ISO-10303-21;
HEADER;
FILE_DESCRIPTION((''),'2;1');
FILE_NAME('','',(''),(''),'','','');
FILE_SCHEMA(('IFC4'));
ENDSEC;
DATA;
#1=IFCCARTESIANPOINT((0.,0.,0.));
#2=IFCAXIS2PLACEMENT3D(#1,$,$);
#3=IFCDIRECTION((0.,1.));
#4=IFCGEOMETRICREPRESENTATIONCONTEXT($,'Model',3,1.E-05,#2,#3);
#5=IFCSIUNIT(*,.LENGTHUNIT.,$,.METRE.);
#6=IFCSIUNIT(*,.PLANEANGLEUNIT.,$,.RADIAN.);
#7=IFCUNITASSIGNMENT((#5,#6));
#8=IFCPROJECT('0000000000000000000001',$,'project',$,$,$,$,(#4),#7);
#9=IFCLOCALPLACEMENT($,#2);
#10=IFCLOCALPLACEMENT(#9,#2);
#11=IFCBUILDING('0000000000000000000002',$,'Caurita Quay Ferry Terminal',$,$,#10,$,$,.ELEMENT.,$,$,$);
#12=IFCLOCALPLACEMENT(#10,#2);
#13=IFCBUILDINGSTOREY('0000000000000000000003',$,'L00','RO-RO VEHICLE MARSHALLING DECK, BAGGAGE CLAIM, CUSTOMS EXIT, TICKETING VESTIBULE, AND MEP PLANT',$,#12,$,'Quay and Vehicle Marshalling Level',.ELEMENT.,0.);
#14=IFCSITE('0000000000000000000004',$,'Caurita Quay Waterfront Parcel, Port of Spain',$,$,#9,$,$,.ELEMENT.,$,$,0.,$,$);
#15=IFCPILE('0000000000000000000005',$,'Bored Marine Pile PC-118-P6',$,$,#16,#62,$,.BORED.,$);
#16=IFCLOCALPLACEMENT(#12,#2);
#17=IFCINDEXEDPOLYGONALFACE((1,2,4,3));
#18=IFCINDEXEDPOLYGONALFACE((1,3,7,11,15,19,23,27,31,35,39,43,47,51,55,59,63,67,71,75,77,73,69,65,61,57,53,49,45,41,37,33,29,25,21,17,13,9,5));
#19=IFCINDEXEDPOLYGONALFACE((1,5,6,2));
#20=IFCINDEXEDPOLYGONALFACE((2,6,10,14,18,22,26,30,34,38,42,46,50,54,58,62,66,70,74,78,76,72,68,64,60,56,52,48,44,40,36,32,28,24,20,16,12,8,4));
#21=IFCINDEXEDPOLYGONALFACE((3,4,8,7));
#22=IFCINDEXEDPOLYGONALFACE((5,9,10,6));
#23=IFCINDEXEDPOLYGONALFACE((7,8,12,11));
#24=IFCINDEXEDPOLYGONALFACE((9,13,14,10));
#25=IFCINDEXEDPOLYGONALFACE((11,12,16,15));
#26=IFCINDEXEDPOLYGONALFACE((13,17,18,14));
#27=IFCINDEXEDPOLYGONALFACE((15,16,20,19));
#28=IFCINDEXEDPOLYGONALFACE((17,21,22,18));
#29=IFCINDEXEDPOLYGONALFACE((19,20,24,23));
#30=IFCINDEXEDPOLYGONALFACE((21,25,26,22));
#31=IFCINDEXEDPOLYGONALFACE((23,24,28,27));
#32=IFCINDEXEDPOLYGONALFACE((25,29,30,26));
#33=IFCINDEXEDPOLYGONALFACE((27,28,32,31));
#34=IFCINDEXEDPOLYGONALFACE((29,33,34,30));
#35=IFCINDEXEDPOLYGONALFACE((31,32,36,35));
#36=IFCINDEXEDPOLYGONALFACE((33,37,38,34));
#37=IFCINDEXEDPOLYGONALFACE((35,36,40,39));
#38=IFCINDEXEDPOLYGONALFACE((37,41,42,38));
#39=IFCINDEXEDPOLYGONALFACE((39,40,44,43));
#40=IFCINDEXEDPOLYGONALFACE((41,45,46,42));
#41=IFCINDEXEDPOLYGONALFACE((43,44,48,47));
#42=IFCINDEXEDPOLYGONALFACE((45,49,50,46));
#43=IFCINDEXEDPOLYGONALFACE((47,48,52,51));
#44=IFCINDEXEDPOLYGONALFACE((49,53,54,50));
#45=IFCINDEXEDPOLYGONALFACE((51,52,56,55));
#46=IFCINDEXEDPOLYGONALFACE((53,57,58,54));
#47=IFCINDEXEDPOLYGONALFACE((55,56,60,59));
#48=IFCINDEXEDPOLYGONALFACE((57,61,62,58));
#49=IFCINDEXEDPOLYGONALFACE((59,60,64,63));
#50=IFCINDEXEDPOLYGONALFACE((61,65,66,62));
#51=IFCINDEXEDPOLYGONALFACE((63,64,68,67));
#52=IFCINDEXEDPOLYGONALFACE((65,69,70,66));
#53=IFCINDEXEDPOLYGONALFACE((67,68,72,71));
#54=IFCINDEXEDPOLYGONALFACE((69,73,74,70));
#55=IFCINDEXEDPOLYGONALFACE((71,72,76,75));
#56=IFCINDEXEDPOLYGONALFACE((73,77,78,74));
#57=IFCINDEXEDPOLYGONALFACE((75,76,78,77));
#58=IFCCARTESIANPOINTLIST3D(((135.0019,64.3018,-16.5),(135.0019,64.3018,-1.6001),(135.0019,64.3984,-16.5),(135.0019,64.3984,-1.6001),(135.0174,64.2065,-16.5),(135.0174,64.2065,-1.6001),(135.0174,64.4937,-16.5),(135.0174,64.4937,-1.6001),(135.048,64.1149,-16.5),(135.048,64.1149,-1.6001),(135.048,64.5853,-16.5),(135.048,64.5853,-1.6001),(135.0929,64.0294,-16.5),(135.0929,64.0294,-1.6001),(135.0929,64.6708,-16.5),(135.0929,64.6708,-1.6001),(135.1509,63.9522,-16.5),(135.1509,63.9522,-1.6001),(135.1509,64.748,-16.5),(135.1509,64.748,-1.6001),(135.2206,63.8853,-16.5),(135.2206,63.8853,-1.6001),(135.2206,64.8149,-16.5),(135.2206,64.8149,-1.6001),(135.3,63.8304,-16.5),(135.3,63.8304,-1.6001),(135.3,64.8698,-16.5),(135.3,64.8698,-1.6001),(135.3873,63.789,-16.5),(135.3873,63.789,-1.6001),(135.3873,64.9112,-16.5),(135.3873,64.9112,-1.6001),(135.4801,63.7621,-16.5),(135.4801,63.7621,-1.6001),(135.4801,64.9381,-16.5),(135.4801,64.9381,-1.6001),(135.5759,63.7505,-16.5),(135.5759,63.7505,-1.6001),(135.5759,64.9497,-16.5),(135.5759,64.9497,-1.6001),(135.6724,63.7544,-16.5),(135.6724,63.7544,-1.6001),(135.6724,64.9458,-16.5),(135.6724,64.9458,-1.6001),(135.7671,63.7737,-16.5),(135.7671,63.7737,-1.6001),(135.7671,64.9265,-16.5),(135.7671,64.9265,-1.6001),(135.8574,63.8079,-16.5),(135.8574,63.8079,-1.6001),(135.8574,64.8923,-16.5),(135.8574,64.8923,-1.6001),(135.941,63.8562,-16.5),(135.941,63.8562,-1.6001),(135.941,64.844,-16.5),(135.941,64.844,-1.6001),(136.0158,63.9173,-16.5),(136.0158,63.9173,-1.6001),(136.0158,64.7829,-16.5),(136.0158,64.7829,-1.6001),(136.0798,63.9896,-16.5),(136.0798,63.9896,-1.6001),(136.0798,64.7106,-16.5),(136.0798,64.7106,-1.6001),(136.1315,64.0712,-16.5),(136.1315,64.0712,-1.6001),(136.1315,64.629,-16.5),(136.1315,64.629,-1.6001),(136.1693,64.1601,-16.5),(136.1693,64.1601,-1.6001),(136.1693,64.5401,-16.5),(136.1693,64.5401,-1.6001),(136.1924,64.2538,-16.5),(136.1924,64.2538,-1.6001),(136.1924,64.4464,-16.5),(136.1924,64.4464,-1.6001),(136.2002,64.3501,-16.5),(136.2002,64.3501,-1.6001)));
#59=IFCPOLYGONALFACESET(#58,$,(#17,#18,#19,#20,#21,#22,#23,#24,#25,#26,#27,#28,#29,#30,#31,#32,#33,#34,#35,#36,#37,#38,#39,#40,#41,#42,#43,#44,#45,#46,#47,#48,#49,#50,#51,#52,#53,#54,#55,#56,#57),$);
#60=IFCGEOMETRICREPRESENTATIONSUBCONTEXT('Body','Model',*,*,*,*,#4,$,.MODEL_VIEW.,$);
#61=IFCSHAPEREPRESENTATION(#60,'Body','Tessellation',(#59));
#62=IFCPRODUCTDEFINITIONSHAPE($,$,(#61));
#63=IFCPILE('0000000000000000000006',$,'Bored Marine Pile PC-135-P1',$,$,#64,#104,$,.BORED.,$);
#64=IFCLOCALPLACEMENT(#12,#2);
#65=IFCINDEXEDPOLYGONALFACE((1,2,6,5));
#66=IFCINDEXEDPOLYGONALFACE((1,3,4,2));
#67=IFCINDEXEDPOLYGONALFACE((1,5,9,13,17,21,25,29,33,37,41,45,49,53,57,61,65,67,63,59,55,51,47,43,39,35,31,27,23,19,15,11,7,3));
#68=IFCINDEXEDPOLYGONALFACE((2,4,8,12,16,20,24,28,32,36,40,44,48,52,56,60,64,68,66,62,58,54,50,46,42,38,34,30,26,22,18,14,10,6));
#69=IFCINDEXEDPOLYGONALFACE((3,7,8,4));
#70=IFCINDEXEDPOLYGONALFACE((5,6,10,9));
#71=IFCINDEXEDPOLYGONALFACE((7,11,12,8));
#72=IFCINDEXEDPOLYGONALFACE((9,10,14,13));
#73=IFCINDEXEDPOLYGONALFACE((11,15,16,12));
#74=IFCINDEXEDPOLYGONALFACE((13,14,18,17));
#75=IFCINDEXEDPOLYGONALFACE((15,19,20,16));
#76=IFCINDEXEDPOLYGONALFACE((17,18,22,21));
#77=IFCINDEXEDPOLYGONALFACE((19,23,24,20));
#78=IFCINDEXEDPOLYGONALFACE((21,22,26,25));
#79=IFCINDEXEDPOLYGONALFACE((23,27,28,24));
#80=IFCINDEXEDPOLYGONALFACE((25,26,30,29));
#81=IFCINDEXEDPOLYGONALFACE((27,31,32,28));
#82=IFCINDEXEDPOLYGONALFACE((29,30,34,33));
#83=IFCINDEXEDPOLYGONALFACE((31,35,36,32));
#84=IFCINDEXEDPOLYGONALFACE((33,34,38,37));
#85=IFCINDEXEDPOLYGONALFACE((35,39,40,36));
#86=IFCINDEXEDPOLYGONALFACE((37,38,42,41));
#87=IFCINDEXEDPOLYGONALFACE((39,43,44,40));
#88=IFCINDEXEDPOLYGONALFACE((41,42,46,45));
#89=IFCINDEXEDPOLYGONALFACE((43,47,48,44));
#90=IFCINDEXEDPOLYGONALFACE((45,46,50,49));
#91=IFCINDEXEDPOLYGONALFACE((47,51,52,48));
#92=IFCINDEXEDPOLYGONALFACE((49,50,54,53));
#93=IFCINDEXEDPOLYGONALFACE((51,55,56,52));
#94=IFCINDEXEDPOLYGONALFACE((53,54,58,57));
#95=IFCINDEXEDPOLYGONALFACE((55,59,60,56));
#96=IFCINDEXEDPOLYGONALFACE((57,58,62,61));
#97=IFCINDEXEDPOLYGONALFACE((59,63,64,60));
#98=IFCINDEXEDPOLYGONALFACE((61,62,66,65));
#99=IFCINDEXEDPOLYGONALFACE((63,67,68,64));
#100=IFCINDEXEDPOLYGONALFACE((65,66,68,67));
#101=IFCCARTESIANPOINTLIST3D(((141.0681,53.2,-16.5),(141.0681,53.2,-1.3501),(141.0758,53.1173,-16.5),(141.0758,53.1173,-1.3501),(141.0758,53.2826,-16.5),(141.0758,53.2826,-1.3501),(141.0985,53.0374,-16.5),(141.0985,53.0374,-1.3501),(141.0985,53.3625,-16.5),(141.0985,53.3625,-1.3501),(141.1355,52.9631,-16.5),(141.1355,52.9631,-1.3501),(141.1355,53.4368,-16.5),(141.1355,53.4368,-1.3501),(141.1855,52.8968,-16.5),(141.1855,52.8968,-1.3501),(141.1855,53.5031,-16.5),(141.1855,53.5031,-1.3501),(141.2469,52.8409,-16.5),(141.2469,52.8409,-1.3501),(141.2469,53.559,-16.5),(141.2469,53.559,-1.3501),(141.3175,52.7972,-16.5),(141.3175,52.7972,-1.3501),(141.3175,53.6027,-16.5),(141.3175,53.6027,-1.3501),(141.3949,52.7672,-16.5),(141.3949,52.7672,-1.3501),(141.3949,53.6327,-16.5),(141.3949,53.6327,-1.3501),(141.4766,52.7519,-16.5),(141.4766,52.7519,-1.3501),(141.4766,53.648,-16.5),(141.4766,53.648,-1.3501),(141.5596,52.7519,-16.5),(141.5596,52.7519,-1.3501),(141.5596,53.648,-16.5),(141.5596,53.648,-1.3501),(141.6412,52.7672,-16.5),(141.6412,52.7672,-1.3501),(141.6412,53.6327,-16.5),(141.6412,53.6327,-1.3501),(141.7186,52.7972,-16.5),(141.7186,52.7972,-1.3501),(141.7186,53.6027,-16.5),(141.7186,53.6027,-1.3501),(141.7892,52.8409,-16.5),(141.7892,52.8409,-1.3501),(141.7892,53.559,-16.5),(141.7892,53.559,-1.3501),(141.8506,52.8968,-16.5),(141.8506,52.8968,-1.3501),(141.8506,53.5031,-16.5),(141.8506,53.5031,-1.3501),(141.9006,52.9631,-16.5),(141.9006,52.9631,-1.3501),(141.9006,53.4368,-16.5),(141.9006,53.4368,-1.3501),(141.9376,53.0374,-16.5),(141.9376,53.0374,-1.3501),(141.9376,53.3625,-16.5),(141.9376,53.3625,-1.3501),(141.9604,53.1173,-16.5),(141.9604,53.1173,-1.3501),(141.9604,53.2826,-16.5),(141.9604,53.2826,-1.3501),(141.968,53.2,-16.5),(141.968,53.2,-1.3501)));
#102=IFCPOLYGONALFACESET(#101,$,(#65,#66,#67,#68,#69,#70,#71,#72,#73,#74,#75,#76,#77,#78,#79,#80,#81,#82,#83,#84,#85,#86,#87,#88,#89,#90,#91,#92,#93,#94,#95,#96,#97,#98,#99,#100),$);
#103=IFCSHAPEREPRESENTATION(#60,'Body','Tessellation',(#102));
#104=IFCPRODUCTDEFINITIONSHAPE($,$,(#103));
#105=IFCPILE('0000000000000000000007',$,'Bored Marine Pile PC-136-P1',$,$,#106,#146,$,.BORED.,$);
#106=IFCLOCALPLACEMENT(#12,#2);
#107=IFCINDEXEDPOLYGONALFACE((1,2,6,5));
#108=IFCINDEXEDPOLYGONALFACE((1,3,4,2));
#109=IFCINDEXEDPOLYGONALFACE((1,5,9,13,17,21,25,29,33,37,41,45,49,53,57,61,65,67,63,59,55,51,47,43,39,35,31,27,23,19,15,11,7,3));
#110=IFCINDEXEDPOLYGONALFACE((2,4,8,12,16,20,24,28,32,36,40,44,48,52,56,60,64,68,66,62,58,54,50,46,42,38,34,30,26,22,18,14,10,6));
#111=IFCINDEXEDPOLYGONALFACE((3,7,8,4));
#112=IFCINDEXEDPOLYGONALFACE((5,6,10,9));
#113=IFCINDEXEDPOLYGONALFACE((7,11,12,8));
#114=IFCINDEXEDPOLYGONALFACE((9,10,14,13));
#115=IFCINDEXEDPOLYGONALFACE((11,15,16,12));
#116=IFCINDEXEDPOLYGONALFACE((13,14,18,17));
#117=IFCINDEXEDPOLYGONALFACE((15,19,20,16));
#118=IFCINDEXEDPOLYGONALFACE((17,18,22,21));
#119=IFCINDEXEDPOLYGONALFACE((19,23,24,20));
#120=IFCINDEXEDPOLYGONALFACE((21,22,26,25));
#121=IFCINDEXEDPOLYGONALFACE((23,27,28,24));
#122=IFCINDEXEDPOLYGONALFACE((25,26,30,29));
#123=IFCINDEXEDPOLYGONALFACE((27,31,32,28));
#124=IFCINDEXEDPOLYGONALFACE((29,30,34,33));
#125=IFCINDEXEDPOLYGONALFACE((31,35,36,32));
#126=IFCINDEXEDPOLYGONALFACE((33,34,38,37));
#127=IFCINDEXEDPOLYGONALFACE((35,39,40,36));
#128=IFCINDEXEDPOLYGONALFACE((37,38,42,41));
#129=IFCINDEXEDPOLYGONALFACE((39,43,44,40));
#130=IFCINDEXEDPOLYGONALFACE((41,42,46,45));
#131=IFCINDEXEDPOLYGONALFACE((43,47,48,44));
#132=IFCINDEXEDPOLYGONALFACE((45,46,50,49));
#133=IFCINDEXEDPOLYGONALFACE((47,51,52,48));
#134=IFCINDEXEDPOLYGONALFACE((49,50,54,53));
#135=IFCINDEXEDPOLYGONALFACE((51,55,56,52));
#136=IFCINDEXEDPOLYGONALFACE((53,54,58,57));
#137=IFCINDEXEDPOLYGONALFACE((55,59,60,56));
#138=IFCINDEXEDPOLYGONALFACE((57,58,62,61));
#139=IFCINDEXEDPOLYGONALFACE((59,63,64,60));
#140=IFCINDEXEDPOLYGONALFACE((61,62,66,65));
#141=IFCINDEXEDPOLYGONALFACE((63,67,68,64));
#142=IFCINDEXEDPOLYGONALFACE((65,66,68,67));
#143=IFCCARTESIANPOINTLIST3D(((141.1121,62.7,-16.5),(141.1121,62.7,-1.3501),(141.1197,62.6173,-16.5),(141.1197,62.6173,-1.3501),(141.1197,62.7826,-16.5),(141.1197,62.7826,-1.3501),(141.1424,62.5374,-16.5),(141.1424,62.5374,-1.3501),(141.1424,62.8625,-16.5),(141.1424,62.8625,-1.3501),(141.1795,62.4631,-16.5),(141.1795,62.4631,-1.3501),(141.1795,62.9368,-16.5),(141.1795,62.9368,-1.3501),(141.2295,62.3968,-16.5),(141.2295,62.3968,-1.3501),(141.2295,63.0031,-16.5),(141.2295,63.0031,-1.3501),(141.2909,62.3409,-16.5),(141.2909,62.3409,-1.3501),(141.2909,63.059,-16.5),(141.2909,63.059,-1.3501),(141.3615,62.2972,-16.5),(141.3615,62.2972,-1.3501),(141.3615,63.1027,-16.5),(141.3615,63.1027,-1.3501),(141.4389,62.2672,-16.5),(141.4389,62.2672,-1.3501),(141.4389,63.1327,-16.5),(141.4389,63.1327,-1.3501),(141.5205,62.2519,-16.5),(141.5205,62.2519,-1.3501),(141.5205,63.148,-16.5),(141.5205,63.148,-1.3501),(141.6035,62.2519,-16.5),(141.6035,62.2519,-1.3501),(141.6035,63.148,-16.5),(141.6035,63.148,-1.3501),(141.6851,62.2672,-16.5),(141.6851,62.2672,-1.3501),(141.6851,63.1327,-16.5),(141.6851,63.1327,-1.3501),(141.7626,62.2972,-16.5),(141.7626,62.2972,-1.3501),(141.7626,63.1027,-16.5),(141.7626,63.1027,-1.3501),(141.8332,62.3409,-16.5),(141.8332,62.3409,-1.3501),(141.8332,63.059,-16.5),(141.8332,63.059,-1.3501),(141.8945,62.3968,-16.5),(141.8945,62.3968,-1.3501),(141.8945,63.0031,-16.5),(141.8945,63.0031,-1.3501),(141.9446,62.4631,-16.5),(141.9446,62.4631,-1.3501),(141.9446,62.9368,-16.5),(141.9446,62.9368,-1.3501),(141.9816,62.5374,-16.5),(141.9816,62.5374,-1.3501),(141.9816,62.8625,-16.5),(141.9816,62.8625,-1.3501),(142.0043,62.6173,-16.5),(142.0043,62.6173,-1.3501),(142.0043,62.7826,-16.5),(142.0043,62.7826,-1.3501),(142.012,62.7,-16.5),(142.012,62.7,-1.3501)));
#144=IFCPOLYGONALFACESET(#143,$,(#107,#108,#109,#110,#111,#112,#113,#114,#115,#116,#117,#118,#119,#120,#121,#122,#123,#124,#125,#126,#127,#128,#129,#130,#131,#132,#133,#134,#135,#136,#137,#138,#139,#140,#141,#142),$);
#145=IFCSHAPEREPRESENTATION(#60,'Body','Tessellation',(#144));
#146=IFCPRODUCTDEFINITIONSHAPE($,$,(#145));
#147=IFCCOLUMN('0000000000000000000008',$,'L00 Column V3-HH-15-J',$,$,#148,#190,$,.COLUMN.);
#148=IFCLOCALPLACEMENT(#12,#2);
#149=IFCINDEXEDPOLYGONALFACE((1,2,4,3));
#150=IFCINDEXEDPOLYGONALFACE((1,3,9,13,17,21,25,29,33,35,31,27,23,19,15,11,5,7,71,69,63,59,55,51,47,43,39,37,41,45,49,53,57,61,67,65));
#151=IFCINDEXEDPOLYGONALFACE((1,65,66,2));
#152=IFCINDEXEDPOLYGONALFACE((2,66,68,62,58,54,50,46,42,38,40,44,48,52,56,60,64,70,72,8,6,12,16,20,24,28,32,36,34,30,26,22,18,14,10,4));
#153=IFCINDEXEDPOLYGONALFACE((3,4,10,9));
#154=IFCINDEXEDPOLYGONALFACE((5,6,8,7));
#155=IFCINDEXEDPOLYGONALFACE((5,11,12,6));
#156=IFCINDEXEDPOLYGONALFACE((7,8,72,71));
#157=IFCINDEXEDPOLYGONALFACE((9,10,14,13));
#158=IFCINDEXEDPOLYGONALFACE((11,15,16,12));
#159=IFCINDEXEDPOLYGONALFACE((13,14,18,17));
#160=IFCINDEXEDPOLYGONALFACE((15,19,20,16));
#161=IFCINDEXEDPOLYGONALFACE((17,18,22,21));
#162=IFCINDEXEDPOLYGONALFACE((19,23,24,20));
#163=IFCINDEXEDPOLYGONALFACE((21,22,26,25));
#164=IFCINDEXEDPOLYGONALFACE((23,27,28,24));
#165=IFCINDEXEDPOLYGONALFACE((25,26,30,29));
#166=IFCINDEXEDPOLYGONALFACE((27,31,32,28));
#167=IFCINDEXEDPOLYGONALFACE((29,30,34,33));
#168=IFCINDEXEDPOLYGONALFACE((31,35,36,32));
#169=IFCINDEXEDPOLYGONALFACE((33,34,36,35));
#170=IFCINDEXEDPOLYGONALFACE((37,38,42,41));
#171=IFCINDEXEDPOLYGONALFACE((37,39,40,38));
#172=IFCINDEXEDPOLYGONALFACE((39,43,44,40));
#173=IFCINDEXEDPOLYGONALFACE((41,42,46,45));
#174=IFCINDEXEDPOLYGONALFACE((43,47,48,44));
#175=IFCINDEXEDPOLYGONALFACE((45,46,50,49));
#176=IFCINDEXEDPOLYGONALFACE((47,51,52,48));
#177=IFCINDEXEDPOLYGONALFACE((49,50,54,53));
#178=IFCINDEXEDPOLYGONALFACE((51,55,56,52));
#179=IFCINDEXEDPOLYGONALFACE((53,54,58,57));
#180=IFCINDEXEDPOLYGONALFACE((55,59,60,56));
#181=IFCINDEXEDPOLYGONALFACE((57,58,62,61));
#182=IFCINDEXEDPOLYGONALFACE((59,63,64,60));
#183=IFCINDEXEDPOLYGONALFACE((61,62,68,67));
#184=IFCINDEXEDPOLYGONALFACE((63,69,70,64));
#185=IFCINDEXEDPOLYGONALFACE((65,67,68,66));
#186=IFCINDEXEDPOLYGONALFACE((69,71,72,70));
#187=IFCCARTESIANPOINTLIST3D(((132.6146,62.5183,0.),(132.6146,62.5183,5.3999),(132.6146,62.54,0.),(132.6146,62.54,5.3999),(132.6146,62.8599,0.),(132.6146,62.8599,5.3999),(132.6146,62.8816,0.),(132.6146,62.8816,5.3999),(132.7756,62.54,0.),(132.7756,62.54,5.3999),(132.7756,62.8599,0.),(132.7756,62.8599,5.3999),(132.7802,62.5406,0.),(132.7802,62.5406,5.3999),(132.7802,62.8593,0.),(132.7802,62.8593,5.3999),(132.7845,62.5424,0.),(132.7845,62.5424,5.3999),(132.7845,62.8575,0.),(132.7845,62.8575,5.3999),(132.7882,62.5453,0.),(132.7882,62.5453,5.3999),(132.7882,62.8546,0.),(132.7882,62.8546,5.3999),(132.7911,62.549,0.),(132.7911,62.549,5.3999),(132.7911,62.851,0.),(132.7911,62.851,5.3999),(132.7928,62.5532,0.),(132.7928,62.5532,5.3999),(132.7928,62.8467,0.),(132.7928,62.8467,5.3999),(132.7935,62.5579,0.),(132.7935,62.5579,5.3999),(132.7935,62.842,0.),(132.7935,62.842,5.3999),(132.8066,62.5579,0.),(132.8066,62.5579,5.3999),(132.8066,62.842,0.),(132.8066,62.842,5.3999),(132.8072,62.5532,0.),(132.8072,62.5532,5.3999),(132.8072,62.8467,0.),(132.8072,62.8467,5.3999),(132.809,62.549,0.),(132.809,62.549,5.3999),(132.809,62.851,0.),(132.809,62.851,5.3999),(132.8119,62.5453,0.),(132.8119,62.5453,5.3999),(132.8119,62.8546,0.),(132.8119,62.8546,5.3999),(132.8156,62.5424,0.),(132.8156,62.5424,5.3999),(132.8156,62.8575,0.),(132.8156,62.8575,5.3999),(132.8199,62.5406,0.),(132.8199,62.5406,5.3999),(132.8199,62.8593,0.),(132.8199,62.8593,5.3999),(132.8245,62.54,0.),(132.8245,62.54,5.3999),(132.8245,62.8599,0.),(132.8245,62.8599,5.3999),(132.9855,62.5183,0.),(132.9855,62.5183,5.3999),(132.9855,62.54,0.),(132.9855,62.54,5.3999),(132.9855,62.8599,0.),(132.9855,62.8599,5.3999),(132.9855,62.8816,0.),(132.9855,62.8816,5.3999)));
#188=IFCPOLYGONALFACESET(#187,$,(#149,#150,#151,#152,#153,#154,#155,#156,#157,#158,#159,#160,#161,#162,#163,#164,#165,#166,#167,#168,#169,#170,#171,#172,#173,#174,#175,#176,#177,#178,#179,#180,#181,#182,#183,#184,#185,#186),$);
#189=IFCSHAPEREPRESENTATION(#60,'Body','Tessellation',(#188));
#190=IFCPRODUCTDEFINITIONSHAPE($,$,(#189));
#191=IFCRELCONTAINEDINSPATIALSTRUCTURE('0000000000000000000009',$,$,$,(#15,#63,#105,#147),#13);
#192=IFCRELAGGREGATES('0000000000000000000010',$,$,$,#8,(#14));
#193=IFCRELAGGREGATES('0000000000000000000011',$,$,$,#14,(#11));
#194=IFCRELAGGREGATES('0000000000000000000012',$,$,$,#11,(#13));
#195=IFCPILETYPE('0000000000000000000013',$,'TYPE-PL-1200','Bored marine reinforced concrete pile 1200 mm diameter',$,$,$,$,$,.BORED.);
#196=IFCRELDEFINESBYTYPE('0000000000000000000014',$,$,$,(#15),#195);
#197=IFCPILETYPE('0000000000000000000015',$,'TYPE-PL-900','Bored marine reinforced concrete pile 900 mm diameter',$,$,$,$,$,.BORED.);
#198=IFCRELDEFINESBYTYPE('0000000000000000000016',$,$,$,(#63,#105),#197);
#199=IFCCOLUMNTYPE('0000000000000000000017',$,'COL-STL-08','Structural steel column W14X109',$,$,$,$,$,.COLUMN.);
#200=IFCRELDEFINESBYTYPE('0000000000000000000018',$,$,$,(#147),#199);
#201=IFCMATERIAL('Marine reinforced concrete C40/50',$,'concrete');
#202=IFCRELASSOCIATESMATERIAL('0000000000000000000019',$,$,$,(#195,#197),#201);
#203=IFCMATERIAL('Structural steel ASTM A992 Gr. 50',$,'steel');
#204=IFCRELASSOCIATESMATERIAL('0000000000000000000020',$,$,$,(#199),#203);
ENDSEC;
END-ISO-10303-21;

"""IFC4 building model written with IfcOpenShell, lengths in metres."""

from ifc_helpers import new_model, si_unit, direction, frame, origin, origin_2d, place, context, subcontext, project, spatial, circle, i_section, extrude, material, material_profile, profile_set, type_object, element, save


model = new_model("IFC4")

# Units and contexts
model_context = context("Model", 3, precision=1e-05, world=origin(), true_north=direction((0.0, 1.0)))
body_context = subcontext(model_context, "Body", "Model", "MODEL_VIEW")
ifc_project = project(units=[si_unit("LENGTHUNIT", "METRE"), si_unit("PLANEANGLEUNIT", "RADIAN")], contexts=[model_context])

# Site, building, storey
site_placement = place(None, origin())
site = spatial("IfcSite", under=ifc_project, at=site_placement, Name="Caurita Quay Waterfront Parcel, Port of Spain", CompositionType="ELEMENT", RefElevation=0.0)
building_placement = place(site_placement, origin())
building = spatial("IfcBuilding", under=site, at=building_placement, Name="Caurita Quay Ferry Terminal", CompositionType="ELEMENT")
storey_placement = place(building_placement, origin())
storey = spatial("IfcBuildingStorey", under=building, at=storey_placement, Name="L00", Description="RO-RO VEHICLE MARSHALLING DECK, BAGGAGE CLAIM, CUSTOMS EXIT, TICKETING VESTIBULE, AND MEP PLANT", LongName="Quay and Vehicle Marshalling Level", CompositionType="ELEMENT", Elevation=0.0)

# Piles
ifc_material_1 = material(Name="Marine reinforced concrete C40/50", Category="concrete")
ifc_material_profile_1 = material_profile(ifc_material_1, circle(Radius=0.6001, at=origin_2d()), Name="PILE-D1200")
ifc_profile_set_1 = profile_set([ifc_material_profile_1], Name="Marine reinforced concrete C40/50")
pile_type_1 = type_object("IfcPileType", Name="TYPE-PL-1200", Description="Bored marine reinforced concrete pile 1200 mm diameter", PredefinedType="BORED", material=ifc_profile_set_1)
for number, where, z_axis, x_axis, name in (
    (1, (135.6001, 64.3501, -1.6001), (0.0, 0.0, -1.0), (1.0, 0.0, 0.0), "Bored Marine Pile PC-118-P6"),
):
    element("IfcPile", number, at=place(storey_placement, frame(where, z_axis=z_axis, x_axis=x_axis)), inside=storey, type_object=pile_type_1, Name=name, PredefinedType="BORED", context=body_context, shape_type="SweptSolid", body=[
        extrude(circle(Radius=0.6001, at=origin_2d()), origin(), (0.0, 0.0, 1.0), 14.8999),
    ])
ifc_material_profile_2 = material_profile(ifc_material_1, circle(Radius=0.45, at=origin_2d()), Name="PILE-D900")
ifc_profile_set_2 = profile_set([ifc_material_profile_2], Name="Marine reinforced concrete C40/50")
pile_type_2 = type_object("IfcPileType", Name="TYPE-PL-900", Description="Bored marine reinforced concrete pile 900 mm diameter", PredefinedType="BORED", material=ifc_profile_set_2)
for number, where, z_axis, x_axis, name in (
    (2, (141.5181, 53.2, -1.3501), (0.0, 0.0, -1.0), (1.0, 0.0, 0.0), "Bored Marine Pile PC-135-P1"),
    (3, (141.562, 62.7, -1.3501), (0.0, 0.0, -1.0), (1.0, 0.0, 0.0), "Bored Marine Pile PC-136-P1"),
):
    element("IfcPile", number, at=place(storey_placement, frame(where, z_axis=z_axis, x_axis=x_axis)), inside=storey, type_object=pile_type_2, Name=name, PredefinedType="BORED", context=body_context, shape_type="SweptSolid", body=[
        extrude(circle(Radius=0.45, at=origin_2d()), origin(), (0.0, 0.0, 1.0), 15.1499),
    ])

# Column
ifc_material_2 = material(Name="Structural steel ASTM A992 Gr. 50", Category="steel")
ifc_material_profile_3 = material_profile(ifc_material_2, i_section(OverallWidth=0.3708, OverallDepth=0.3633, WebThickness=0.0132, FlangeThickness=0.0217, FilletRadius=0.0178, at=origin_2d()), Name="W14X109")
ifc_profile_set_3 = profile_set([ifc_material_profile_3], Name="Structural steel ASTM A992 Gr. 50")
column_type = type_object("IfcColumnType", Name="COL-STL-08", Description="Structural steel column W14X109", PredefinedType="COLUMN", material=ifc_profile_set_3)
for number, where, z_axis, x_axis, name in (
    (4, (132.8, 62.7, 0.0), (0.0, 0.0, 1.0), (1.0, 0.0, 0.0), "L00 Column V3-HH-15-J"),
):
    element("IfcColumn", number, at=place(storey_placement, frame(where, z_axis=z_axis, x_axis=x_axis)), inside=storey, type_object=column_type, Name=name, PredefinedType="COLUMN", context=body_context, shape_type="SweptSolid", body=[
        extrude(i_section(OverallWidth=0.3708, OverallDepth=0.3633, WebThickness=0.0132, FlangeThickness=0.0217, FilletRadius=0.0178, at=origin_2d()), origin(), (0.0, 0.0, 1.0), 5.3999),
    ])

save(model, "model.ifc")
